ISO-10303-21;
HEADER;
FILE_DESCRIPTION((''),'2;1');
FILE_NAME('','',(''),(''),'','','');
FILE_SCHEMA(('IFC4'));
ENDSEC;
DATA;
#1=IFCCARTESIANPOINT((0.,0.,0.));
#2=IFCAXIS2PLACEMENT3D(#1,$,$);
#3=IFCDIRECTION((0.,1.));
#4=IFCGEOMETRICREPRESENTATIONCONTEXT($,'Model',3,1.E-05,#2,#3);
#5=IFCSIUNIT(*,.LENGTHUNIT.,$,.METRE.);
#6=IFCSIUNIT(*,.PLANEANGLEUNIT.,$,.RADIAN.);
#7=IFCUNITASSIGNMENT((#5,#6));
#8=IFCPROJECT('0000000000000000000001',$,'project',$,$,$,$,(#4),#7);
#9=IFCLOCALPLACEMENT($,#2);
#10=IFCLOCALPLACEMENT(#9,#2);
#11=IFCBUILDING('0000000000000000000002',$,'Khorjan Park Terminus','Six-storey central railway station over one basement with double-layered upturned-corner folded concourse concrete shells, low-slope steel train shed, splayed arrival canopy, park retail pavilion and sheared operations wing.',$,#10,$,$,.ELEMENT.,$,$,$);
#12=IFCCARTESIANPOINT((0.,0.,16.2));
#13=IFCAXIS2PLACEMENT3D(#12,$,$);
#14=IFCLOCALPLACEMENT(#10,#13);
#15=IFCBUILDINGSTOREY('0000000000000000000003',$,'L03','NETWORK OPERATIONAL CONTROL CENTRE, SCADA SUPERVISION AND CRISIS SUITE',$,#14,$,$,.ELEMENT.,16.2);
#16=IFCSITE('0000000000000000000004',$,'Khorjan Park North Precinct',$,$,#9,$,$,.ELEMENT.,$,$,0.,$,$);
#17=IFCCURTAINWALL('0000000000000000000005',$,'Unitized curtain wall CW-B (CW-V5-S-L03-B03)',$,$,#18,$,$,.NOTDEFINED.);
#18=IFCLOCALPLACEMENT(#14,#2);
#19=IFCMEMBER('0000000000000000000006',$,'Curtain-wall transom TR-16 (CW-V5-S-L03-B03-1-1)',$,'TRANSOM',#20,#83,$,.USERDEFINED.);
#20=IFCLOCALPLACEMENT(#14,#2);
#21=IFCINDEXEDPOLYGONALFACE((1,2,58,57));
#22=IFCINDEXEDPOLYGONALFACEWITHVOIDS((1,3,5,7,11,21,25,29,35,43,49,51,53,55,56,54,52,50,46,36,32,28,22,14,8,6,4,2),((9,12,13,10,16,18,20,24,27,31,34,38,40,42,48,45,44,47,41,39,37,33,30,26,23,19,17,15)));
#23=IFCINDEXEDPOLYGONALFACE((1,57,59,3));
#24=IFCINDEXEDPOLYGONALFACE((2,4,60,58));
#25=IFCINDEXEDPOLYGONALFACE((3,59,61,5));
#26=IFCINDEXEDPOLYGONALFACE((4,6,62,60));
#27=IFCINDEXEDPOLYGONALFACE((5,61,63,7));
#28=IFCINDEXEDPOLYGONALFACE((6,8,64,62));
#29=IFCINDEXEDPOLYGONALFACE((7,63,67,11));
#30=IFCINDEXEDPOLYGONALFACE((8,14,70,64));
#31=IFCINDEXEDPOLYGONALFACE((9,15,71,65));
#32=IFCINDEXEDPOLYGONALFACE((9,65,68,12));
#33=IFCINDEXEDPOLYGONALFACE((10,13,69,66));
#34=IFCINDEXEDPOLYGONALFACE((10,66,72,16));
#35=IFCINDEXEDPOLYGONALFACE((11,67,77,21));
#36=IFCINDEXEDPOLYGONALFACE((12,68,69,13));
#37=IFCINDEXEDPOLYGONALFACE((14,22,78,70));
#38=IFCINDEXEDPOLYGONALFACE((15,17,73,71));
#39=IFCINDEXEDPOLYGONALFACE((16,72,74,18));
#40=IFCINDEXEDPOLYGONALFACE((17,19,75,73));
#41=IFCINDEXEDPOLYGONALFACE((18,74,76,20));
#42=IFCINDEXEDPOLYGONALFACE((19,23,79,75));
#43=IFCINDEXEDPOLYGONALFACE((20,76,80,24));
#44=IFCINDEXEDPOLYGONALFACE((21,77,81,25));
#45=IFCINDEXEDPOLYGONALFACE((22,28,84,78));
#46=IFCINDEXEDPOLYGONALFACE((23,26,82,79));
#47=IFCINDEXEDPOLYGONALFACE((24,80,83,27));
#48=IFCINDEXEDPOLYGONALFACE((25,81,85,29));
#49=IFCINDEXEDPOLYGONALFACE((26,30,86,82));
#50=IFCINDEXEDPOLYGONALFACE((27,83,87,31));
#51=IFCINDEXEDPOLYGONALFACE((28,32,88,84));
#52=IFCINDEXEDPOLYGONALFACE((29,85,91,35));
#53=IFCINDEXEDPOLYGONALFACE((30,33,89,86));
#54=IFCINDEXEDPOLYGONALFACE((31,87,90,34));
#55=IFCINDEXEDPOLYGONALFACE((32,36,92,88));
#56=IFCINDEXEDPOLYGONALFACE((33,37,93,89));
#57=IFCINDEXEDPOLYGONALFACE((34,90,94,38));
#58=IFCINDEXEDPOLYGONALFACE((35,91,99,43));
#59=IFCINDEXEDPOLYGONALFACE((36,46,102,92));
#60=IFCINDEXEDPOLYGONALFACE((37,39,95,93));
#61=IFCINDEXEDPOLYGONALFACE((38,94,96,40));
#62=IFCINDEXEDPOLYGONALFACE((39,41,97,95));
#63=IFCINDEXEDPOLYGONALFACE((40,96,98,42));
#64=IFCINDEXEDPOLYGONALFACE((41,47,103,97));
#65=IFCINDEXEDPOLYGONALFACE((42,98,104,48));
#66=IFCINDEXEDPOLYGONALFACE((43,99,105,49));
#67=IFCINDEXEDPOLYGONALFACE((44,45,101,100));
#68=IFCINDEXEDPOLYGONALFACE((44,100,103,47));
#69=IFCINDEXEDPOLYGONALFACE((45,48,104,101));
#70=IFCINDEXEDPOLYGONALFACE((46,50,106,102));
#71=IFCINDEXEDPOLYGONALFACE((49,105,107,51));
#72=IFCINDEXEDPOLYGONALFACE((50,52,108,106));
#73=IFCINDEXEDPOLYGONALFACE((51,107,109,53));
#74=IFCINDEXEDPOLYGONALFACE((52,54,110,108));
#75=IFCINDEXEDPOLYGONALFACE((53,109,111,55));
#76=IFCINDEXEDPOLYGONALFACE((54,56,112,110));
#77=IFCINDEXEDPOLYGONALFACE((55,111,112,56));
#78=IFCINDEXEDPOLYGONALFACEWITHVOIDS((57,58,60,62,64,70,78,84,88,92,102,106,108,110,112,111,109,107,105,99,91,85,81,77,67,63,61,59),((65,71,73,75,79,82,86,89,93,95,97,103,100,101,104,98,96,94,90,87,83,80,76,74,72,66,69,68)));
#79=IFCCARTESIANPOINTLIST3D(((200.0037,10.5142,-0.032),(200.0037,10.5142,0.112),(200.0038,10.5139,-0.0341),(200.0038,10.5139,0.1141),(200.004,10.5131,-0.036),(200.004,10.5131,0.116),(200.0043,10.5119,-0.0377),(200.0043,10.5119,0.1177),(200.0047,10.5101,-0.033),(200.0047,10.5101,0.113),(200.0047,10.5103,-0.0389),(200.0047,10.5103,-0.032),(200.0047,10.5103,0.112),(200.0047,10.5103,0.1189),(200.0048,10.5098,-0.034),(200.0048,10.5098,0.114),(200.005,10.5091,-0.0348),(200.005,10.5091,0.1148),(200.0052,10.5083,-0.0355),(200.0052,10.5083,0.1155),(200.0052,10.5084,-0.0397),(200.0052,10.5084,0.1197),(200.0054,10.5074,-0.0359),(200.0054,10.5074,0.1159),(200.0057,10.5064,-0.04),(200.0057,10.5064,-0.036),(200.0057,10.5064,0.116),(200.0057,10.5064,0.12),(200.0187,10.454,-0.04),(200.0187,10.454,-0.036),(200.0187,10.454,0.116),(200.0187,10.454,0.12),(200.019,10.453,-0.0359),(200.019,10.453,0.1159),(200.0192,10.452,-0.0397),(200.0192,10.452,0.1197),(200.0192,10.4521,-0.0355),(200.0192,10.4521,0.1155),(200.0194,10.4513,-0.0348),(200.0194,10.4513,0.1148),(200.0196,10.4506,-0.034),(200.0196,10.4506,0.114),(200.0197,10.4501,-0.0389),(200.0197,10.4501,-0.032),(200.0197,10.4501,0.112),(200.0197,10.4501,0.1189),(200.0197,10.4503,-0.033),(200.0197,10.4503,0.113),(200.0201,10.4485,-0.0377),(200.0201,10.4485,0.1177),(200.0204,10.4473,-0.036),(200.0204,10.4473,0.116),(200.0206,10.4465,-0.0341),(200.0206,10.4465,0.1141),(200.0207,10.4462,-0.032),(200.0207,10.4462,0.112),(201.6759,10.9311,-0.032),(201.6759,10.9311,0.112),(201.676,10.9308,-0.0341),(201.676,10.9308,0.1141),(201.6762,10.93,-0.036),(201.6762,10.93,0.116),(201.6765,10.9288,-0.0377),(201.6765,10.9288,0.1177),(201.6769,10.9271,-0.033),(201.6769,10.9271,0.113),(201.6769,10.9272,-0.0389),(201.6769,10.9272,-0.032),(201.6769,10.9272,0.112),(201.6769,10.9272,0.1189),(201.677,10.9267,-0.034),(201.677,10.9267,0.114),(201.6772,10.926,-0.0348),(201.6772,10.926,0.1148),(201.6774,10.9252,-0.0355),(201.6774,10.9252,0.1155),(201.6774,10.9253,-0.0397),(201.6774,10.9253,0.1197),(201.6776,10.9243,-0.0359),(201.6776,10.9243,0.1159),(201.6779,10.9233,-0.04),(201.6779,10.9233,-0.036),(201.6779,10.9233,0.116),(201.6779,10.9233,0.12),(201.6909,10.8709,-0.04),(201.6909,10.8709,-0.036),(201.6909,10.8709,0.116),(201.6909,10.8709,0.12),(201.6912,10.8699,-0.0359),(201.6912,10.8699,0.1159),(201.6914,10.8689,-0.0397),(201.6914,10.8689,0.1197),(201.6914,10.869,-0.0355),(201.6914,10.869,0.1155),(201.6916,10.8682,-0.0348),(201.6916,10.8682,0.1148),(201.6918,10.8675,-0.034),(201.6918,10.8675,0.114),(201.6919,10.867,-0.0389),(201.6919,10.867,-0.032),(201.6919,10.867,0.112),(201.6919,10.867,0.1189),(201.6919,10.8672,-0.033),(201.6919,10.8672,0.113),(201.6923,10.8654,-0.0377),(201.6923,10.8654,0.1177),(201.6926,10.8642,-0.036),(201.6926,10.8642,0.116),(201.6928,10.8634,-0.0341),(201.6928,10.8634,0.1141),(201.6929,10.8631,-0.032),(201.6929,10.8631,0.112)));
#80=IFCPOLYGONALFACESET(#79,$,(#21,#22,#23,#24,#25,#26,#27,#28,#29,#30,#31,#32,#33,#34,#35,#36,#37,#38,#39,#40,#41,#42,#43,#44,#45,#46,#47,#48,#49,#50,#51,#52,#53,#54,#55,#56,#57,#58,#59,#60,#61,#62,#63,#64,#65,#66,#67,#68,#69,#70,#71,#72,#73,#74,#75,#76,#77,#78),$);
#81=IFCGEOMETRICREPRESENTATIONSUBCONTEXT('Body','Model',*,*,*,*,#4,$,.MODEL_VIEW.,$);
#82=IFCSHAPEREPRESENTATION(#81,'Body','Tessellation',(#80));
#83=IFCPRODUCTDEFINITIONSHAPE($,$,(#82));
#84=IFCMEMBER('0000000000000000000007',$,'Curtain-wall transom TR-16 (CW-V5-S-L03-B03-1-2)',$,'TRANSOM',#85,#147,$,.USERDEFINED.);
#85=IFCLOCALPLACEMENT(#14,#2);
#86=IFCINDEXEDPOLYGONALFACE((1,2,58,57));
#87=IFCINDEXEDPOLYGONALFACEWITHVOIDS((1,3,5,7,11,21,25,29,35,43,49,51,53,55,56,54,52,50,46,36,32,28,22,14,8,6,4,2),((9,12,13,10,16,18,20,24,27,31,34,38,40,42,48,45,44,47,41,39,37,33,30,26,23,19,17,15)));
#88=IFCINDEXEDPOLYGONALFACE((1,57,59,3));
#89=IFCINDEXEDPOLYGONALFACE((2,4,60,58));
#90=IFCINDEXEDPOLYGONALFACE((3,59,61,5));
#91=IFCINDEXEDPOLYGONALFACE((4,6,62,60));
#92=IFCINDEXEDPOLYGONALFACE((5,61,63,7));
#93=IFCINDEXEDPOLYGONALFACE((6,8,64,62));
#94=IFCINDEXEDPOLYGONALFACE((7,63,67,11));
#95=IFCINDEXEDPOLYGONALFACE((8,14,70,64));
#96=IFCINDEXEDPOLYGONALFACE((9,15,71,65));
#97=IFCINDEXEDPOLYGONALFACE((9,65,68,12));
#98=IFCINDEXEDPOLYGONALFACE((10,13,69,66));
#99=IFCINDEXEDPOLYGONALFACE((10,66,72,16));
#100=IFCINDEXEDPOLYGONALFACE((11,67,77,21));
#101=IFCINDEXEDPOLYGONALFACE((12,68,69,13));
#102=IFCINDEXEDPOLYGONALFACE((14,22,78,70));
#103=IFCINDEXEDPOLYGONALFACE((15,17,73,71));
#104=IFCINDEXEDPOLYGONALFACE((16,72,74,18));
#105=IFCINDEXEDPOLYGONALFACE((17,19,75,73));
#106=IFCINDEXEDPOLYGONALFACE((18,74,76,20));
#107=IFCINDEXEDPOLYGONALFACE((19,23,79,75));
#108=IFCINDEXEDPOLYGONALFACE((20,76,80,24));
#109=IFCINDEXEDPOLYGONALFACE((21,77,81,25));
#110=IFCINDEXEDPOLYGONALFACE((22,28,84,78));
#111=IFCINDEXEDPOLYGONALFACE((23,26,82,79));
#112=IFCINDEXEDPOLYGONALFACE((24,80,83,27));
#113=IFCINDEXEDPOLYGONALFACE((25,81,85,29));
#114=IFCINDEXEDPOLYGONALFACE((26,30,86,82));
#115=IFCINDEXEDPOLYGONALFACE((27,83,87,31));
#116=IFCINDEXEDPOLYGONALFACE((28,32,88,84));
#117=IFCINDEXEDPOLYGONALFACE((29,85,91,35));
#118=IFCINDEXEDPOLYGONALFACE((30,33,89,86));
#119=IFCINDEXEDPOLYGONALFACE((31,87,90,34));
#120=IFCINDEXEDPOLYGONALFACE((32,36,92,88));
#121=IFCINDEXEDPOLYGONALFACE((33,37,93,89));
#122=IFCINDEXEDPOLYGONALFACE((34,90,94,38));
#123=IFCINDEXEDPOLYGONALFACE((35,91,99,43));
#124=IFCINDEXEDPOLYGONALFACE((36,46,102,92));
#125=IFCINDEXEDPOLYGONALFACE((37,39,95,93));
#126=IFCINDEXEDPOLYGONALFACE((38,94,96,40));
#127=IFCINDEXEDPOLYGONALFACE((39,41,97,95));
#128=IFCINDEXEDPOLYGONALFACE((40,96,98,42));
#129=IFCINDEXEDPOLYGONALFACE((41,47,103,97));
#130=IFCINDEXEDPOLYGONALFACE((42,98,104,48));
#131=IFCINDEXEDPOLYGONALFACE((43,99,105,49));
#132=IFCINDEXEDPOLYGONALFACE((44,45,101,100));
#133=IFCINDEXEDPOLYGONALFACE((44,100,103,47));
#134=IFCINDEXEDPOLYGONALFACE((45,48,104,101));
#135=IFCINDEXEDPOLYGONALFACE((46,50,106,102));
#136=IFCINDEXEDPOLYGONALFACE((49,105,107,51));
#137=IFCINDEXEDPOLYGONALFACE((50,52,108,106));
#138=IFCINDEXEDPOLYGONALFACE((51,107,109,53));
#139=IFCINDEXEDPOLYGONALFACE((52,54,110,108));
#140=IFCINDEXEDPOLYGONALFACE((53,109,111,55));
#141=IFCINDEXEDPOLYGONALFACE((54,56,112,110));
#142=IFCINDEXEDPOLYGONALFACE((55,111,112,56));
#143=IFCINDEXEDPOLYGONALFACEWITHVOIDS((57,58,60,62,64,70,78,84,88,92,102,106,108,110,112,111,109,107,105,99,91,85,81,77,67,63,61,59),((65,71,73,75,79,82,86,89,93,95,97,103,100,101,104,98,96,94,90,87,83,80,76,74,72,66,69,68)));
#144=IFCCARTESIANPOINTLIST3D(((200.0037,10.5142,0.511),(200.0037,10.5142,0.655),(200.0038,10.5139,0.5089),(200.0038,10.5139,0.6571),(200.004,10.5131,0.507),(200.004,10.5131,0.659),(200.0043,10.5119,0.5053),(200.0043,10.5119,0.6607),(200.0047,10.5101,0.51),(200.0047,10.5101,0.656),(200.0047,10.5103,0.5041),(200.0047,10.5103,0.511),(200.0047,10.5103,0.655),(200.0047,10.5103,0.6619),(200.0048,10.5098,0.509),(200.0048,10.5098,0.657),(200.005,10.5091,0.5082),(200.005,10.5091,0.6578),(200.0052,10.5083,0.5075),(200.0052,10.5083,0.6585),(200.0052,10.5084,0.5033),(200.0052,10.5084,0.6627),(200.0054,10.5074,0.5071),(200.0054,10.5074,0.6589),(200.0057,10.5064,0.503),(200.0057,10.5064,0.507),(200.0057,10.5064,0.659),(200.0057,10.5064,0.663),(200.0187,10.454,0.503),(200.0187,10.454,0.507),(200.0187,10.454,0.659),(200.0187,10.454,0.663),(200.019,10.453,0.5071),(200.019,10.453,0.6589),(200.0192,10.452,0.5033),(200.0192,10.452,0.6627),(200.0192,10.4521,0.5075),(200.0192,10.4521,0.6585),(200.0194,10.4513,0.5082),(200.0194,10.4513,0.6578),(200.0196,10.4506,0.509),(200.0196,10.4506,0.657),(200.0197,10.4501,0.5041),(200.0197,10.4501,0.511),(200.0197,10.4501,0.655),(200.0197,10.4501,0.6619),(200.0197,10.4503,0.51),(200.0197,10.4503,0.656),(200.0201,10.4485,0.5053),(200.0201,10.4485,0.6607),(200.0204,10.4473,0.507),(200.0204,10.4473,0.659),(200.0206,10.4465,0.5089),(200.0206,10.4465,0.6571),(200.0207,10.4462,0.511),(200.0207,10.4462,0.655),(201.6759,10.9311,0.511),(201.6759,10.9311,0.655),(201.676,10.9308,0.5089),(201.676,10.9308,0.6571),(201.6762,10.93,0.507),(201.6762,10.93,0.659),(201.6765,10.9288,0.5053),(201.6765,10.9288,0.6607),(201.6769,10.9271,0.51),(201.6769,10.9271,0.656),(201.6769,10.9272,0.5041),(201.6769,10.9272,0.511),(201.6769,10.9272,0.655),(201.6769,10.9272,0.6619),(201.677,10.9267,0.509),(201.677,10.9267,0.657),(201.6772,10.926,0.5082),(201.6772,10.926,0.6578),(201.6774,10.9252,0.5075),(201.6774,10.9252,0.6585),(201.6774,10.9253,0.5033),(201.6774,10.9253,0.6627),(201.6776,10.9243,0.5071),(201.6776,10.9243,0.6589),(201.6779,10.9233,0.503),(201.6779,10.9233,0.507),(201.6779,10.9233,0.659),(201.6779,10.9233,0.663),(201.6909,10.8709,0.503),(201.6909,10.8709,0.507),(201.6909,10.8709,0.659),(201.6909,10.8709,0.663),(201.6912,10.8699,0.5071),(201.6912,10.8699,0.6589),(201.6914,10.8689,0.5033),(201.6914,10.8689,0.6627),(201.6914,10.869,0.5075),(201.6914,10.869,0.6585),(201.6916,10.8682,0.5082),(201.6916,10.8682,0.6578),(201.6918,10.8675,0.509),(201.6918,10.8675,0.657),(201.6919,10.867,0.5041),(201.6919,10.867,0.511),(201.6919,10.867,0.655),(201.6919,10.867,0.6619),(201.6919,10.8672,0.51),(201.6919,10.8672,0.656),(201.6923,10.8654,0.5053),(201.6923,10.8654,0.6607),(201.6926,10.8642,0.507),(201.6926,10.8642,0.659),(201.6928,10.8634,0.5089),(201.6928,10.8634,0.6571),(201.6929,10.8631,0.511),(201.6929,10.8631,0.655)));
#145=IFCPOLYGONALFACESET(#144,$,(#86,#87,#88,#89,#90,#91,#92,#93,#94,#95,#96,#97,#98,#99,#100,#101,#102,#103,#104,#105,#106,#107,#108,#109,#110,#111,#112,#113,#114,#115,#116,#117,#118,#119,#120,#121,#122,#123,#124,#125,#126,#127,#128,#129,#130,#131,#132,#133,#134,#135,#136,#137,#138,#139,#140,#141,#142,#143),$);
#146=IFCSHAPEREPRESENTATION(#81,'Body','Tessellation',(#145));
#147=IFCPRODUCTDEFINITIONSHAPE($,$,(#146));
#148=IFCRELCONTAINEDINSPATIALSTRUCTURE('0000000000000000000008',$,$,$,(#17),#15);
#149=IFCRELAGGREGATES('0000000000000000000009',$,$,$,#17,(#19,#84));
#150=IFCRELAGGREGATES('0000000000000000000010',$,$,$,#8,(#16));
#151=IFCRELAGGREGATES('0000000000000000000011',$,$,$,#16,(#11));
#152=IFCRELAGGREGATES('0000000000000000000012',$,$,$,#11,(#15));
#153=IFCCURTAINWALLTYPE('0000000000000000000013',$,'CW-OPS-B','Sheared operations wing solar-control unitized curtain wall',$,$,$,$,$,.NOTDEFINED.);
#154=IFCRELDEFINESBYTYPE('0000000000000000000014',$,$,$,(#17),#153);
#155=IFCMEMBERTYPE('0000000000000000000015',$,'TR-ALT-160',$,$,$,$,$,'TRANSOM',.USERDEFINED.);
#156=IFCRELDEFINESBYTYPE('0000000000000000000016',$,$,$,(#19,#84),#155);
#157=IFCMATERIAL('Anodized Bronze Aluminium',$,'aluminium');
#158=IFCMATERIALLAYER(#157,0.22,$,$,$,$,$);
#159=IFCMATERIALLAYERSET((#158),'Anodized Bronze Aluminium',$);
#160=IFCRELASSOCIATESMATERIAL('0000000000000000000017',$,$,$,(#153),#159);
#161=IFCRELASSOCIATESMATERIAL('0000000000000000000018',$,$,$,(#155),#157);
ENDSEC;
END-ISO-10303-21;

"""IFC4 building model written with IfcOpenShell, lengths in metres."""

from ifc_helpers import new_model, si_unit, direction, frame, origin, origin_2d, place, context, subcontext, project, spatial, hollow_rectangle, extrude, material, layer, layer_set, material_profile, profile_set, type_object, element, aggregate, save


model = new_model("IFC4")

# Units and contexts
model_context = context("Model", 3, precision=1e-05, world=origin(), true_north=direction((0.0, 1.0)))
body_context = subcontext(model_context, "Body", "Model", "MODEL_VIEW")
ifc_project = project(units=[si_unit("LENGTHUNIT", "METRE"), si_unit("PLANEANGLEUNIT", "RADIAN")], contexts=[model_context])

# Site, building, storey
site_placement = place(None, origin())
site = spatial("IfcSite", under=ifc_project, at=site_placement, Name="Khorjan Park North Precinct", CompositionType="ELEMENT", RefElevation=0.0)
building_placement = place(site_placement, origin())
building = spatial("IfcBuilding", under=site, at=building_placement, Name="Khorjan Park Terminus", Description="Six-storey central railway station over one basement with double-layered upturned-corner folded concourse concrete shells, low-slope steel train shed, splayed arrival canopy, park retail pavilion and sheared operations wing.", CompositionType="ELEMENT")
storey_placement = place(building_placement, frame((0.0, 0.0, 16.2)))
storey = spatial("IfcBuildingStorey", under=building, at=storey_placement, Name="L03", Description="NETWORK OPERATIONAL CONTROL CENTRE, SCADA SUPERVISION AND CRISIS SUITE", CompositionType="ELEMENT", Elevation=16.2)

# Curtain wall, members
ifc_material_1 = material(Name="Anodized Bronze Aluminium", Category="aluminium")
ifc_layer_1 = layer(ifc_material_1, 0.22)
ifc_layer_set_1 = layer_set([ifc_layer_1], Name="Anodized Bronze Aluminium")
curtain_wall_type = type_object("IfcCurtainWallType", Name="CW-OPS-B", Description="Sheared operations wing solar-control unitized curtain wall", PredefinedType="NOTDEFINED", material=ifc_layer_set_1)
curtain_wall_placement = place(storey_placement, origin())
curtain_wall = element("IfcCurtainWall", 1, at=curtain_wall_placement, inside=storey, type_object=curtain_wall_type, Name="Unitized curtain wall CW-B (CW-V5-S-L03-B03)", PredefinedType="NOTDEFINED")
ifc_material_profile_1 = material_profile(ifc_material_1, hollow_rectangle(XDim=0.07, YDim=0.16, WallThickness=0.004, InnerFilletRadius=0.004, OuterFilletRadius=0.008, at=origin_2d()), Name="ALT 70x160x4")
ifc_profile_set_1 = profile_set([ifc_material_profile_1], Name="Anodized Bronze Aluminium")
member_type_1 = type_object("IfcMemberType", Name="TR-ALT-160", ElementType="TRANSOM", PredefinedType="USERDEFINED", material=ifc_profile_set_1)
member_1_placement = place(storey_placement, frame((200.0122, 10.4802, 0.04), z_axis=(0.970299, 0.241908, 0.0), x_axis=(-0.241908, 0.970299, 0.0)))
member_1 = element("IfcMember", 2, at=member_1_placement, type_object=member_type_1, Name="Curtain-wall transom TR-16 (CW-V5-S-L03-B03-1-1)", ObjectType="TRANSOM", PredefinedType="USERDEFINED", context=body_context, shape_type="SweptSolid", body=[
    extrude(hollow_rectangle(XDim=0.07, YDim=0.16, WallThickness=0.004, InnerFilletRadius=0.004, OuterFilletRadius=0.008, at=origin_2d()), origin(), (0.0, 0.0, 1.0), 1.7234),
])
member_2_placement = place(storey_placement, frame((200.0122, 10.4802, 0.583), z_axis=(0.970299, 0.241908, 0.0), x_axis=(-0.241908, 0.970299, 0.0)))
member_2 = element("IfcMember", 3, at=member_2_placement, type_object=member_type_1, Name="Curtain-wall transom TR-16 (CW-V5-S-L03-B03-1-2)", ObjectType="TRANSOM", PredefinedType="USERDEFINED", context=body_context, shape_type="SweptSolid", body=[
    extrude(hollow_rectangle(XDim=0.07, YDim=0.16, WallThickness=0.004, InnerFilletRadius=0.004, OuterFilletRadius=0.008, at=origin_2d()), origin(), (0.0, 0.0, 1.0), 1.7234),
])
aggregate(curtain_wall, [member_1, member_2])

save(model, "model.ifc")
